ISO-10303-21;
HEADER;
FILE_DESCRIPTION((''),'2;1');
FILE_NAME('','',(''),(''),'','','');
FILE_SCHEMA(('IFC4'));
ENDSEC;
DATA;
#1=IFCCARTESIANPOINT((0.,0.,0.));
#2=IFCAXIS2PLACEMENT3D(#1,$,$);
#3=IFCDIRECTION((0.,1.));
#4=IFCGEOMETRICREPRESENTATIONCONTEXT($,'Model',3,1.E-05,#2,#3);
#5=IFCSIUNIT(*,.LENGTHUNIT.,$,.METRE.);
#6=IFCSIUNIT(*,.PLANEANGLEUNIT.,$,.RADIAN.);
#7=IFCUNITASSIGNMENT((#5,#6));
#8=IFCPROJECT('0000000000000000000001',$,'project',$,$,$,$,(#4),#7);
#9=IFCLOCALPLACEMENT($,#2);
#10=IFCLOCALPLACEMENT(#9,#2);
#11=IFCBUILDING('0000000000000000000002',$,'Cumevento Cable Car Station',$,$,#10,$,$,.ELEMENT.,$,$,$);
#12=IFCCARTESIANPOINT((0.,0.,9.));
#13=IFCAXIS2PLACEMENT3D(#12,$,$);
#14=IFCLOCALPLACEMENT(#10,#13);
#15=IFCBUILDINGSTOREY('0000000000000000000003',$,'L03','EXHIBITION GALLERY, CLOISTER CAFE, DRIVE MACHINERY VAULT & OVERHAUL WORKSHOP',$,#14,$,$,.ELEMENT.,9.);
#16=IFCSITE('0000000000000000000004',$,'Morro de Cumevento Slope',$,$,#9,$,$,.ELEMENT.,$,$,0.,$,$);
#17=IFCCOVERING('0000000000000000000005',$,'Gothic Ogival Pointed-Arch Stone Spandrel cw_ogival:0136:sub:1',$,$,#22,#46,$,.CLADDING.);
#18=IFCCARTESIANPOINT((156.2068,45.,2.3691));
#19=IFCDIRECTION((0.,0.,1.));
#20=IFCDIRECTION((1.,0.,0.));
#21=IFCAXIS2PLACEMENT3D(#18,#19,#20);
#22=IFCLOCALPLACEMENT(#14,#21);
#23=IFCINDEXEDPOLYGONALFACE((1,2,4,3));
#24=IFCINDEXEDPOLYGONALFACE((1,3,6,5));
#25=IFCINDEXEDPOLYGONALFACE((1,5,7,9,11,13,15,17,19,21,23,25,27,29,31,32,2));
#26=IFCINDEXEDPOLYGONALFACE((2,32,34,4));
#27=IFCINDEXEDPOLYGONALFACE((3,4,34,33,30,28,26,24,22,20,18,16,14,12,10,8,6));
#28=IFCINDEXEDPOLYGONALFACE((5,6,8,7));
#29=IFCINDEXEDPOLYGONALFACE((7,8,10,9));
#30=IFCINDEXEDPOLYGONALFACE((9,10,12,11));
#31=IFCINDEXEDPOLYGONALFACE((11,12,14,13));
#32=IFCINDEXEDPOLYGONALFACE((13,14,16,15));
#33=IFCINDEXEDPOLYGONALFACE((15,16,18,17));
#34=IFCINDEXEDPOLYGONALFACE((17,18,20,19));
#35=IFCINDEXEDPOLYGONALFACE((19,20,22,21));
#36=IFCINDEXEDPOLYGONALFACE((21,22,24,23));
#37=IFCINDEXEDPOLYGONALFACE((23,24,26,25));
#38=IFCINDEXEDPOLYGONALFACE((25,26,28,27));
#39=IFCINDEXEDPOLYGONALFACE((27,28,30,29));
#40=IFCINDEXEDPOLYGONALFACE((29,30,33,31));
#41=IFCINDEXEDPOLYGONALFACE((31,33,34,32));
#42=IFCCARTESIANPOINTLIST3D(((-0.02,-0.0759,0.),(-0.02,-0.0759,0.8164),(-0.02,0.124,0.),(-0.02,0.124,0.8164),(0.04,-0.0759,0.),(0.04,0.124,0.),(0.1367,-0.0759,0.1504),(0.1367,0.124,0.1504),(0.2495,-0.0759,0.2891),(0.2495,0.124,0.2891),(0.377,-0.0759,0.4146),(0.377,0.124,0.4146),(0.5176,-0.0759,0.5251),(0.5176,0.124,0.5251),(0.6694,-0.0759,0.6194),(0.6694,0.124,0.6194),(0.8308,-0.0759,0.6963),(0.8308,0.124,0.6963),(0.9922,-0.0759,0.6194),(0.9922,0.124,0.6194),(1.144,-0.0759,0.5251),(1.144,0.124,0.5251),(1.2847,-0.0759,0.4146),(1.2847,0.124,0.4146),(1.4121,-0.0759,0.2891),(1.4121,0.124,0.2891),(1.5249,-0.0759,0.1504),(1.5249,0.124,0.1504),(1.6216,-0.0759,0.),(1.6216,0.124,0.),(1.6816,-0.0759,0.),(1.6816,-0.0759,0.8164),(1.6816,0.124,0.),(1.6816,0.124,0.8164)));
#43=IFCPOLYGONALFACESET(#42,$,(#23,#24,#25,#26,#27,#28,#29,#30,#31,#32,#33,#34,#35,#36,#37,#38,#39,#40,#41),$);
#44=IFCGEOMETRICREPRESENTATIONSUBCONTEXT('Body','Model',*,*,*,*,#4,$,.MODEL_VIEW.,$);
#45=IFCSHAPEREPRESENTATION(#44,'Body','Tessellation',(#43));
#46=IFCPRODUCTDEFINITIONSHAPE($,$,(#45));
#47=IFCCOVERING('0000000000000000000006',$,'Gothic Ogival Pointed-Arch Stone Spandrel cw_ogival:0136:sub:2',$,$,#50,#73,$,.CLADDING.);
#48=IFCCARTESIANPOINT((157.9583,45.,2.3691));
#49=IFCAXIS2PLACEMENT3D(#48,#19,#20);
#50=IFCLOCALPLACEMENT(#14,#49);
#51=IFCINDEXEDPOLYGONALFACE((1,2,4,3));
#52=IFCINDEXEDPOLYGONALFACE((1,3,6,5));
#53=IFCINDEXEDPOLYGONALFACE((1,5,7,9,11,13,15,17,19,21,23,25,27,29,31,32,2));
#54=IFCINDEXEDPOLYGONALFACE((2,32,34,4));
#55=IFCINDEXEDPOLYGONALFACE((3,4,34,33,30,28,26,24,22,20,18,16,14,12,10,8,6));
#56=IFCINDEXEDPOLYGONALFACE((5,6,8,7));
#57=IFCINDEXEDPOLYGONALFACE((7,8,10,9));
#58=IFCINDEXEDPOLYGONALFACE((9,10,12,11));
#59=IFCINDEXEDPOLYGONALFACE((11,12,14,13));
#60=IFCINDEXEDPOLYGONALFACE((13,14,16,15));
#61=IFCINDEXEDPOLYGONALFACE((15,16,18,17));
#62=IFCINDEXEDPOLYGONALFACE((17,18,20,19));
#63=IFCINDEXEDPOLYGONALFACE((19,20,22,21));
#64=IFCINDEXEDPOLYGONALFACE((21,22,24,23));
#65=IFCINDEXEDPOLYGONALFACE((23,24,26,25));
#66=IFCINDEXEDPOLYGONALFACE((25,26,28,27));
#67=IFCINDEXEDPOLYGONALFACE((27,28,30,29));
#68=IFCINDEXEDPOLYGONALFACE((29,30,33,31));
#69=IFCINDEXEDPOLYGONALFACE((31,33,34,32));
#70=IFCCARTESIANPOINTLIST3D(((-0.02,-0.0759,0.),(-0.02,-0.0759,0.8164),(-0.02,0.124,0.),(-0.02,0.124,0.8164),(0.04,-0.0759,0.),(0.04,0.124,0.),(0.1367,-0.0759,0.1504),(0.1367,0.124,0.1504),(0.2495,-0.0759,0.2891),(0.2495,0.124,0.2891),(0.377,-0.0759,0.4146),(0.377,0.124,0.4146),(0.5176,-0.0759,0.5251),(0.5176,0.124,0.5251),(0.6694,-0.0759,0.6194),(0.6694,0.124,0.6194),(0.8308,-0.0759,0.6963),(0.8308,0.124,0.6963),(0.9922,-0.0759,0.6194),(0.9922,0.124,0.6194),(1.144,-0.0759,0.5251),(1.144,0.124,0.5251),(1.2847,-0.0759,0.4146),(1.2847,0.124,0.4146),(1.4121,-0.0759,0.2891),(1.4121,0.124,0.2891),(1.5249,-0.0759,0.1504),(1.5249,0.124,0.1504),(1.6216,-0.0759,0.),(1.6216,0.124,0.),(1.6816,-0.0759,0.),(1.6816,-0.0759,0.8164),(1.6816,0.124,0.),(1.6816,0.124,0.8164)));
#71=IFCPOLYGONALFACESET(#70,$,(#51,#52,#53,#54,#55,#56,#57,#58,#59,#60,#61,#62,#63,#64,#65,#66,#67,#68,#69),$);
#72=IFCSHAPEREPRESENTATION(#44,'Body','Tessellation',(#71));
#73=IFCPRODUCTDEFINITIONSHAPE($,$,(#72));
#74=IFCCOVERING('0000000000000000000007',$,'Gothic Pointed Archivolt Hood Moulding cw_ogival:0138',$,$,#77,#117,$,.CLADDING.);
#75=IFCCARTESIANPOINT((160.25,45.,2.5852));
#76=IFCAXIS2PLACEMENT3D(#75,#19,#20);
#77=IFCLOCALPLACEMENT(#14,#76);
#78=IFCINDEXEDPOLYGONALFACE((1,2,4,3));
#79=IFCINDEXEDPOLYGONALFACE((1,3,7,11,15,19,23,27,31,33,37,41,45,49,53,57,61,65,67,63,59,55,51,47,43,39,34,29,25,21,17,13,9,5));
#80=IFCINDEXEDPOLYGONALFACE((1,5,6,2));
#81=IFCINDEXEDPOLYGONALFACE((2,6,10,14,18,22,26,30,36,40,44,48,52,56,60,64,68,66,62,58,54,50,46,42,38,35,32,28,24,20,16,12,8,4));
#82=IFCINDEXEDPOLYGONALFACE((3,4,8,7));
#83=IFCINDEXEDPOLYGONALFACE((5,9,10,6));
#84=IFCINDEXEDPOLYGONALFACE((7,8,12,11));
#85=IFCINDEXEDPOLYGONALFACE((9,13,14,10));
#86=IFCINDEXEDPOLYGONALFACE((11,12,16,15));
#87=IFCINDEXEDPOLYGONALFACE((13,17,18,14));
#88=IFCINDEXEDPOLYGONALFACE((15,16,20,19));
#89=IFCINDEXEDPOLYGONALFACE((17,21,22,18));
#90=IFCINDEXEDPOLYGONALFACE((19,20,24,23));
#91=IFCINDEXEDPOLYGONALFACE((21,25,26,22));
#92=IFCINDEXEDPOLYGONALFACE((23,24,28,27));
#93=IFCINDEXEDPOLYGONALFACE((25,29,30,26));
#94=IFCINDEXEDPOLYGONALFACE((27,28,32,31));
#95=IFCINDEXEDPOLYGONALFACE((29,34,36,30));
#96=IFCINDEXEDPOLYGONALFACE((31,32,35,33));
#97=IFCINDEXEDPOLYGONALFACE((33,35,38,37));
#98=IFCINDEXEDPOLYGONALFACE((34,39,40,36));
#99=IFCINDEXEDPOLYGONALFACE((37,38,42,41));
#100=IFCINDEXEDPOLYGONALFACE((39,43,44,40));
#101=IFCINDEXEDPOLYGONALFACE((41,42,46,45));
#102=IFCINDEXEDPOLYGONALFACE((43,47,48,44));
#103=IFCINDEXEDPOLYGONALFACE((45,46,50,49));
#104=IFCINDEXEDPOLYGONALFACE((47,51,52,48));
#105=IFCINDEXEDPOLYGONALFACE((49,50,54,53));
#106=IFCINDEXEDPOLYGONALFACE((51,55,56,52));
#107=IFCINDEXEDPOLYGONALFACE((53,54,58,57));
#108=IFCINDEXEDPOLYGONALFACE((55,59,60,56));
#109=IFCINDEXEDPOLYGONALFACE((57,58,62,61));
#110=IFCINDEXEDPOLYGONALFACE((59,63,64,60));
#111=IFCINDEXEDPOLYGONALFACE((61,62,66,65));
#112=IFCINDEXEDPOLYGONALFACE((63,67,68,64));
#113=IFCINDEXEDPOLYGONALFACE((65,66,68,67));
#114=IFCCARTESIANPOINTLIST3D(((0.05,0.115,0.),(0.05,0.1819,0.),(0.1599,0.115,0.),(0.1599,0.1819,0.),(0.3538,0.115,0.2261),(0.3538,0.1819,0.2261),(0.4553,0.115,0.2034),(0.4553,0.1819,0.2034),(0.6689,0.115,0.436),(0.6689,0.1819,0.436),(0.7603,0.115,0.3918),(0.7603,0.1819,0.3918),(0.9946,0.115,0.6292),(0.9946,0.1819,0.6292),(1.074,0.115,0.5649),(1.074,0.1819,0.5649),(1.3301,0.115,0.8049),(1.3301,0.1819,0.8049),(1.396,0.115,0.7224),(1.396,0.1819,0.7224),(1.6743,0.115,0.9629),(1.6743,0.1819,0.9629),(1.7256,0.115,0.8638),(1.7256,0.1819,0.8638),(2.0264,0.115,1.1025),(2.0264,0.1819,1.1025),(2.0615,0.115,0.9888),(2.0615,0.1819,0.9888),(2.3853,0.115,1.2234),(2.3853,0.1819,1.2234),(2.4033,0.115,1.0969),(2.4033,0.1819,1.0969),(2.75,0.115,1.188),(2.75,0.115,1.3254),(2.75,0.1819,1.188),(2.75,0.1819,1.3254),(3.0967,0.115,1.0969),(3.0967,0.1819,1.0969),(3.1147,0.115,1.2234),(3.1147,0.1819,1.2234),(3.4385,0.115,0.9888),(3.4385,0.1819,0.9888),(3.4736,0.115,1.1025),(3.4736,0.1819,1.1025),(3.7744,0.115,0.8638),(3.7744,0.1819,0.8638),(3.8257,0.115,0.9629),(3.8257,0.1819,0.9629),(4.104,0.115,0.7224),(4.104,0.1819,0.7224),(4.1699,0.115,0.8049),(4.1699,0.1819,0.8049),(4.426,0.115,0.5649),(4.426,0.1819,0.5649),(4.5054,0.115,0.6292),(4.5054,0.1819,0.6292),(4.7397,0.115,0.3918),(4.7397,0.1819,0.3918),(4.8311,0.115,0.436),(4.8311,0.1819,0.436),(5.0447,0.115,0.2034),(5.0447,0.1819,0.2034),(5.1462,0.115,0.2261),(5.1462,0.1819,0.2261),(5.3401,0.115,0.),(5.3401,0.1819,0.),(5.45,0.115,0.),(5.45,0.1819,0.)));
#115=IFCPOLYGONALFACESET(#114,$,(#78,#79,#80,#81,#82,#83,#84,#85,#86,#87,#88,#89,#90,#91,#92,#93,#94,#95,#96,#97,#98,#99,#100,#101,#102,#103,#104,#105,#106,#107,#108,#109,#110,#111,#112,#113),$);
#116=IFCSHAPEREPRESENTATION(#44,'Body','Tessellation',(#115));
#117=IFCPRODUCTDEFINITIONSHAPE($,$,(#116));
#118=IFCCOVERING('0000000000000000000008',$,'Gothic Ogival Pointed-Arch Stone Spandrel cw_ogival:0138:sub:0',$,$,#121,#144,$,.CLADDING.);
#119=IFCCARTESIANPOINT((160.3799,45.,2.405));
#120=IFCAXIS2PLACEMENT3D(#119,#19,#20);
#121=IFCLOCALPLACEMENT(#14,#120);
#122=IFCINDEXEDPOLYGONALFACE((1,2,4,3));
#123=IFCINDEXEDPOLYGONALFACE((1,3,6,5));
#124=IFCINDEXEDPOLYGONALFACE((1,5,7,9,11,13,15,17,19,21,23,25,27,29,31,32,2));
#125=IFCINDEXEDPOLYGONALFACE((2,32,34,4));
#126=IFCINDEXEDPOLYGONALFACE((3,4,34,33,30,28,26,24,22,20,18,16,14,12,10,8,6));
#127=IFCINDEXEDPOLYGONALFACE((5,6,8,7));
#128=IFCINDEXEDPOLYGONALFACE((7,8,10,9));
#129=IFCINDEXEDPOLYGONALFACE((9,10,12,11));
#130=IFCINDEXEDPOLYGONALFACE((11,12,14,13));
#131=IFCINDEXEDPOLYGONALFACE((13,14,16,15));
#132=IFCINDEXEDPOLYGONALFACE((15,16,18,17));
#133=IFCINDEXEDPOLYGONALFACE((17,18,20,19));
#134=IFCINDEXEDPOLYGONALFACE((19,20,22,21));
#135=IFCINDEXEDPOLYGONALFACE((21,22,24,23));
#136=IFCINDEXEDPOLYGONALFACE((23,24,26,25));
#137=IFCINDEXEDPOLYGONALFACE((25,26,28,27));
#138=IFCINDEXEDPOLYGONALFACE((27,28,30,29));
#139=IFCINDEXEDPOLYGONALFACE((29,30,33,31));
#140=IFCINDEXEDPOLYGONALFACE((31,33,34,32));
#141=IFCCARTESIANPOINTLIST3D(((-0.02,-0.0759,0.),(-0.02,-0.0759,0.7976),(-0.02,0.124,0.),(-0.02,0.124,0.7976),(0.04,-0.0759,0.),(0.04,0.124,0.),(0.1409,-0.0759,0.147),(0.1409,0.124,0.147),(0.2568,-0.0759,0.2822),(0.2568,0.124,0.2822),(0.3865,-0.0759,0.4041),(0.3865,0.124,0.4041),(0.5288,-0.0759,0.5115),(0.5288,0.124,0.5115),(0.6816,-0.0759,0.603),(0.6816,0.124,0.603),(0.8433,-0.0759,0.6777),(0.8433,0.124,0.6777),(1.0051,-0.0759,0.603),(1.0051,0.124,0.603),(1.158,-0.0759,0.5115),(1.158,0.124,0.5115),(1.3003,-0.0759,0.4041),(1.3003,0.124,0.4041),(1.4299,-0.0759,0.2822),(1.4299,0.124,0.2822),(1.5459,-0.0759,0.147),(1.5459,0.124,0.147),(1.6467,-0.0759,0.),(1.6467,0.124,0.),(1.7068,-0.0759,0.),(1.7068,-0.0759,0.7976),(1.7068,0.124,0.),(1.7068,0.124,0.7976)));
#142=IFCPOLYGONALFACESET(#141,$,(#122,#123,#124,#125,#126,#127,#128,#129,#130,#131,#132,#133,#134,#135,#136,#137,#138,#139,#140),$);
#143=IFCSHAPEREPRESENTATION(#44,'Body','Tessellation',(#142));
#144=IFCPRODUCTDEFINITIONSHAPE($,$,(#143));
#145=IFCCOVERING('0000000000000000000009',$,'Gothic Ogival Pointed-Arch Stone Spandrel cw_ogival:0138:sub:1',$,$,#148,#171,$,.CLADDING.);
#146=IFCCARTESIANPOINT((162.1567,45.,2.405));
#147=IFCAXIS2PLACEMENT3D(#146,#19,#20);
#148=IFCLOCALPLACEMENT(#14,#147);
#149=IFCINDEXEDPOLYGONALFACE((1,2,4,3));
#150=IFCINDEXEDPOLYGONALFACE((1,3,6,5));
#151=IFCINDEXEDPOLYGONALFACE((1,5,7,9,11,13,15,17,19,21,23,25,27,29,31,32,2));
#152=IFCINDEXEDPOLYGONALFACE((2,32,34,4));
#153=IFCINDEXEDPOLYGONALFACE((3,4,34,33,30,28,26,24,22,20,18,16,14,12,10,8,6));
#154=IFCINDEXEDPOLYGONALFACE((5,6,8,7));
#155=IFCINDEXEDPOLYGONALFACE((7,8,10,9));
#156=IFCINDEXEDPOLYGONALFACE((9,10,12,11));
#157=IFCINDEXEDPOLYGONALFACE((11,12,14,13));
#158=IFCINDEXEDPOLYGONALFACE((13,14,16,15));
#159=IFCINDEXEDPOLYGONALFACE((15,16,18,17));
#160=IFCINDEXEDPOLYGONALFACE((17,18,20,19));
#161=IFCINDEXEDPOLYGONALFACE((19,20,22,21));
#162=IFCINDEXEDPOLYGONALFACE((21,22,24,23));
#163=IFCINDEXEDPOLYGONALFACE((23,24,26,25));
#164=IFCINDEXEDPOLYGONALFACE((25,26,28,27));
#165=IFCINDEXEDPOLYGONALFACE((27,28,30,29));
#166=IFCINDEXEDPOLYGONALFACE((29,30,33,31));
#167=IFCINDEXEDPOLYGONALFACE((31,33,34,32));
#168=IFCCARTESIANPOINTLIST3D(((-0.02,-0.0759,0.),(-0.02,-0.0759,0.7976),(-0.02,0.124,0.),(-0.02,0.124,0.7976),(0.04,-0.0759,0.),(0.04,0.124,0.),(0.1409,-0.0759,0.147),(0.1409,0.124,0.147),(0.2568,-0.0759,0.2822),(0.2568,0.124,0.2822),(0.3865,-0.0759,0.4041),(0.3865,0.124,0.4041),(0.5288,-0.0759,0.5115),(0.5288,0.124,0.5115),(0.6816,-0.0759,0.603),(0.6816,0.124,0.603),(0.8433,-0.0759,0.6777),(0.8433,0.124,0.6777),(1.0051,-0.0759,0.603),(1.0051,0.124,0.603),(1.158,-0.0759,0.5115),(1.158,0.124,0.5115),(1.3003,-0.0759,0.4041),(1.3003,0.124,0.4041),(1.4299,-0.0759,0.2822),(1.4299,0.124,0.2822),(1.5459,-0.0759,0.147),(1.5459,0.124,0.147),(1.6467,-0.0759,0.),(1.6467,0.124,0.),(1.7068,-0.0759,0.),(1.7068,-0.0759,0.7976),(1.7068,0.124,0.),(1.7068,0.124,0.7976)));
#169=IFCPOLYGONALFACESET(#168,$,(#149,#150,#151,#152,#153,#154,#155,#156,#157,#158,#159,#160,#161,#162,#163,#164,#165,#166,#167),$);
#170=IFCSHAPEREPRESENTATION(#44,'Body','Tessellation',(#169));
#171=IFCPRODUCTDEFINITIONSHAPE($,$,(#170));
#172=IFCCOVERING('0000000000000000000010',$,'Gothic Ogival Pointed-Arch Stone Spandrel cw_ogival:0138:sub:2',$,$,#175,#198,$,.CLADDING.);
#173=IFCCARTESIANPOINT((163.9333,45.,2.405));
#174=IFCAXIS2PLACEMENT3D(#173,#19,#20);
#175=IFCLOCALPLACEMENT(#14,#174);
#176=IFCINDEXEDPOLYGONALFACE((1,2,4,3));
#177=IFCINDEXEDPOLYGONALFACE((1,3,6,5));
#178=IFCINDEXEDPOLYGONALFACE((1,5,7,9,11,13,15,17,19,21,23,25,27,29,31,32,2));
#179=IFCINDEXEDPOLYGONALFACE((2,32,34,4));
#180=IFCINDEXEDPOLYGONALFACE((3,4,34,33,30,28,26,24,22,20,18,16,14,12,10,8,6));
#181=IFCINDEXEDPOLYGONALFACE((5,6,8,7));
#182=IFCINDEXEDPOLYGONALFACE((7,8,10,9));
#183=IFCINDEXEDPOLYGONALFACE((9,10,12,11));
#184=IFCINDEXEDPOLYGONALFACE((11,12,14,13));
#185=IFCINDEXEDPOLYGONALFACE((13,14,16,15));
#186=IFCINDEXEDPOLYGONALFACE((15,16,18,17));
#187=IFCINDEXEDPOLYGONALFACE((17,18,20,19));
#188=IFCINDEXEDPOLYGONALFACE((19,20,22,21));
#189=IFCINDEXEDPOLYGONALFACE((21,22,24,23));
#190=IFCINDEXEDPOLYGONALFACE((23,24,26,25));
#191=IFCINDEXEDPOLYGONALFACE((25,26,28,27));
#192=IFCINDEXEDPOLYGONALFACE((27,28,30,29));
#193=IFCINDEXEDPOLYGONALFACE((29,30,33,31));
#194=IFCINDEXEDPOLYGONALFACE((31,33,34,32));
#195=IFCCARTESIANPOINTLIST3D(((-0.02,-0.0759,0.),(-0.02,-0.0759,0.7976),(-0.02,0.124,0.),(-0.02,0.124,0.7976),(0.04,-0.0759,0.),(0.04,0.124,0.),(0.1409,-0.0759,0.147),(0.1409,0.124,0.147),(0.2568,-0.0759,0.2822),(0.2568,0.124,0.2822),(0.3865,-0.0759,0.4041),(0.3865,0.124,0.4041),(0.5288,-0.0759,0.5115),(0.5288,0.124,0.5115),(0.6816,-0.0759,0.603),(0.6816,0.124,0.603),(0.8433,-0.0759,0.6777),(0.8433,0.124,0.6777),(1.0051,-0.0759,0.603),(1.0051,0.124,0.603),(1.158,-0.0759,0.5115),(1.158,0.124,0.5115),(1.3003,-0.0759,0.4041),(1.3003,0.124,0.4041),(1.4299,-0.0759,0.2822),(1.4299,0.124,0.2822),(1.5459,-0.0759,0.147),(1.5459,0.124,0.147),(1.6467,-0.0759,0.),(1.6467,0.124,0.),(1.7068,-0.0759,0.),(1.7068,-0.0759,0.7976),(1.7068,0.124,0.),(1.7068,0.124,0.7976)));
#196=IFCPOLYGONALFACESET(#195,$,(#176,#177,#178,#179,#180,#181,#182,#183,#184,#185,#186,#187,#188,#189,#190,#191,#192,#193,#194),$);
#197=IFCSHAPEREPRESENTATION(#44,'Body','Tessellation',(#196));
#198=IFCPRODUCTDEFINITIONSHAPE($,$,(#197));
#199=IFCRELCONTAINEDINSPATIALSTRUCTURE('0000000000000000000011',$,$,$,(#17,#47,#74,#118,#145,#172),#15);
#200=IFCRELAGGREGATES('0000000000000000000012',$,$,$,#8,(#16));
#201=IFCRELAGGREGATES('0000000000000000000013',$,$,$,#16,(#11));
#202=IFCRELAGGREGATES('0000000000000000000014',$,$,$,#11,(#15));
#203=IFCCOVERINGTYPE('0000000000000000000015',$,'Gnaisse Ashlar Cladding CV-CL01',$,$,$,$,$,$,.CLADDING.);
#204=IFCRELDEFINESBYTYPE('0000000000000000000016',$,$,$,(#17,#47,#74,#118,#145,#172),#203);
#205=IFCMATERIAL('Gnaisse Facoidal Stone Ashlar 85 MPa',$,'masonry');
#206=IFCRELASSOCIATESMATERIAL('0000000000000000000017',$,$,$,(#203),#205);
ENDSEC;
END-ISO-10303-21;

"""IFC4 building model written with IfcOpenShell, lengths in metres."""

from ifc_helpers import new_model, si_unit, direction, frame, origin, place, context, subcontext, project, spatial, polyline, outline, extrude, material, type_object, element, save


model = new_model("IFC4")

# Units and contexts
model_context = context("Model", 3, precision=1e-05, world=origin(), true_north=direction((0.0, 1.0)))
body_context = subcontext(model_context, "Body", "Model", "MODEL_VIEW")
ifc_project = project(units=[si_unit("LENGTHUNIT", "METRE"), si_unit("PLANEANGLEUNIT", "RADIAN")], contexts=[model_context])

# Site, building, storey
site_placement = place(None, origin())
site = spatial("IfcSite", under=ifc_project, at=site_placement, Name="Morro de Cumevento Slope", CompositionType="ELEMENT", RefElevation=0.0)
building_placement = place(site_placement, origin())
building = spatial("IfcBuilding", under=site, at=building_placement, Name="Cumevento Cable Car Station", CompositionType="ELEMENT")
storey_placement = place(building_placement, frame((0.0, 0.0, 9.0)))
storey = spatial("IfcBuildingStorey", under=building, at=storey_placement, Name="L03", Description="EXHIBITION GALLERY, CLOISTER CAFE, DRIVE MACHINERY VAULT & OVERHAUL WORKSHOP", CompositionType="ELEMENT", Elevation=9.0)

# Coverings
ifc_material_1 = material(Name="Gnaisse Facoidal Stone Ashlar 85 MPa", Category="masonry")
covering_type = type_object("IfcCoveringType", Name="Gnaisse Ashlar Cladding CV-CL01", PredefinedType="CLADDING", material=ifc_material_1)
for number, where, z_axis, x_axis, name in (
    (1, (156.2068, 45.0, 2.3691), (0.0, 0.0, 1.0), (1.0, 0.0, 0.0), "Gothic Ogival Pointed-Arch Stone Spandrel cw_ogival:0136:sub:1"),
    (2, (157.9583, 45.0, 2.3691), (0.0, 0.0, 1.0), (1.0, 0.0, 0.0), "Gothic Ogival Pointed-Arch Stone Spandrel cw_ogival:0136:sub:2"),
):
    element("IfcCovering", number, at=place(storey_placement, frame(where, z_axis=z_axis, x_axis=x_axis)), inside=storey, type_object=covering_type, Name=name, PredefinedType="CLADDING", context=body_context, shape_type="SweptSolid", body=[
        extrude(outline(polyline([(-0.02, 0.0), (-0.02, 0.8164), (1.6816, 0.8164), (1.6816, 0.0), (1.6216, 0.0), (1.5249, 0.1504), (1.4121, 0.2891), (1.2847, 0.4146), (1.144, 0.5251), (0.9922, 0.6194), (0.8308, 0.6963), (0.6694, 0.6194), (0.5176, 0.5251), (0.377, 0.4146), (0.2495, 0.2891), (0.1367, 0.1504), (0.04, 0.0), (-0.02, 0.0)])), frame((0.0, 0.124, 0.0), z_axis=(0.0, -1.0, 0.0), x_axis=(1.0, 0.0, 0.0)), (0.0, 0.0, 1.0), 0.2),
    ])
covering_1_placement = place(storey_placement, frame((160.25, 45.0, 2.5852), z_axis=(0.0, 0.0, 1.0), x_axis=(1.0, 0.0, 0.0)))
element("IfcCovering", 3, at=covering_1_placement, inside=storey, type_object=covering_type, Name="Gothic Pointed Archivolt Hood Moulding cw_ogival:0138", PredefinedType="CLADDING", context=body_context, shape_type="SweptSolid", body=[
    extrude(outline(polyline([(0.1599, 0.0), (0.4553, 0.2034), (0.7603, 0.3918), (1.074, 0.5649), (1.396, 0.7224), (1.7256, 0.8638), (2.0615, 0.9888), (2.4033, 1.0969), (2.75, 1.188), (3.0967, 1.0969), (3.4385, 0.9888), (3.7744, 0.8638), (4.104, 0.7224), (4.426, 0.5649), (4.7397, 0.3918), (5.0447, 0.2034), (5.3401, 0.0), (5.45, 0.0), (5.1462, 0.2261), (4.8311, 0.436), (4.5054, 0.6292), (4.1699, 0.8049), (3.8257, 0.9629), (3.4736, 1.1025), (3.1147, 1.2234), (2.75, 1.3254), (2.3853, 1.2234), (2.0264, 1.1025), (1.6743, 0.9629), (1.3301, 0.8049), (0.9946, 0.6292), (0.6689, 0.436), (0.3538, 0.2261), (0.05, 0.0), (0.1599, 0.0)])), frame((0.0, 0.1819, 0.0), z_axis=(0.0, -1.0, 0.0), x_axis=(1.0, 0.0, 0.0)), (0.0, 0.0, 1.0), 0.0669),
])
for number, where, z_axis, x_axis, name in (
    (4, (160.3799, 45.0, 2.405), (0.0, 0.0, 1.0), (1.0, 0.0, 0.0), "Gothic Ogival Pointed-Arch Stone Spandrel cw_ogival:0138:sub:0"),
    (5, (162.1567, 45.0, 2.405), (0.0, 0.0, 1.0), (1.0, 0.0, 0.0), "Gothic Ogival Pointed-Arch Stone Spandrel cw_ogival:0138:sub:1"),
    (6, (163.9333, 45.0, 2.405), (0.0, 0.0, 1.0), (1.0, 0.0, 0.0), "Gothic Ogival Pointed-Arch Stone Spandrel cw_ogival:0138:sub:2"),
):
    element("IfcCovering", number, at=place(storey_placement, frame(where, z_axis=z_axis, x_axis=x_axis)), inside=storey, type_object=covering_type, Name=name, PredefinedType="CLADDING", context=body_context, shape_type="SweptSolid", body=[
        extrude(outline(polyline([(-0.02, 0.0), (-0.02, 0.7976), (1.7068, 0.7976), (1.7068, 0.0), (1.6467, 0.0), (1.5459, 0.147), (1.4299, 0.2822), (1.3003, 0.4041), (1.158, 0.5115), (1.0051, 0.603), (0.8433, 0.6777), (0.6816, 0.603), (0.5288, 0.5115), (0.3865, 0.4041), (0.2568, 0.2822), (0.1409, 0.147), (0.04, 0.0), (-0.02, 0.0)])), frame((0.0, 0.124, 0.0), z_axis=(0.0, -1.0, 0.0), x_axis=(1.0, 0.0, 0.0)), (0.0, 0.0, 1.0), 0.2),
    ])

save(model, "model.ifc")
